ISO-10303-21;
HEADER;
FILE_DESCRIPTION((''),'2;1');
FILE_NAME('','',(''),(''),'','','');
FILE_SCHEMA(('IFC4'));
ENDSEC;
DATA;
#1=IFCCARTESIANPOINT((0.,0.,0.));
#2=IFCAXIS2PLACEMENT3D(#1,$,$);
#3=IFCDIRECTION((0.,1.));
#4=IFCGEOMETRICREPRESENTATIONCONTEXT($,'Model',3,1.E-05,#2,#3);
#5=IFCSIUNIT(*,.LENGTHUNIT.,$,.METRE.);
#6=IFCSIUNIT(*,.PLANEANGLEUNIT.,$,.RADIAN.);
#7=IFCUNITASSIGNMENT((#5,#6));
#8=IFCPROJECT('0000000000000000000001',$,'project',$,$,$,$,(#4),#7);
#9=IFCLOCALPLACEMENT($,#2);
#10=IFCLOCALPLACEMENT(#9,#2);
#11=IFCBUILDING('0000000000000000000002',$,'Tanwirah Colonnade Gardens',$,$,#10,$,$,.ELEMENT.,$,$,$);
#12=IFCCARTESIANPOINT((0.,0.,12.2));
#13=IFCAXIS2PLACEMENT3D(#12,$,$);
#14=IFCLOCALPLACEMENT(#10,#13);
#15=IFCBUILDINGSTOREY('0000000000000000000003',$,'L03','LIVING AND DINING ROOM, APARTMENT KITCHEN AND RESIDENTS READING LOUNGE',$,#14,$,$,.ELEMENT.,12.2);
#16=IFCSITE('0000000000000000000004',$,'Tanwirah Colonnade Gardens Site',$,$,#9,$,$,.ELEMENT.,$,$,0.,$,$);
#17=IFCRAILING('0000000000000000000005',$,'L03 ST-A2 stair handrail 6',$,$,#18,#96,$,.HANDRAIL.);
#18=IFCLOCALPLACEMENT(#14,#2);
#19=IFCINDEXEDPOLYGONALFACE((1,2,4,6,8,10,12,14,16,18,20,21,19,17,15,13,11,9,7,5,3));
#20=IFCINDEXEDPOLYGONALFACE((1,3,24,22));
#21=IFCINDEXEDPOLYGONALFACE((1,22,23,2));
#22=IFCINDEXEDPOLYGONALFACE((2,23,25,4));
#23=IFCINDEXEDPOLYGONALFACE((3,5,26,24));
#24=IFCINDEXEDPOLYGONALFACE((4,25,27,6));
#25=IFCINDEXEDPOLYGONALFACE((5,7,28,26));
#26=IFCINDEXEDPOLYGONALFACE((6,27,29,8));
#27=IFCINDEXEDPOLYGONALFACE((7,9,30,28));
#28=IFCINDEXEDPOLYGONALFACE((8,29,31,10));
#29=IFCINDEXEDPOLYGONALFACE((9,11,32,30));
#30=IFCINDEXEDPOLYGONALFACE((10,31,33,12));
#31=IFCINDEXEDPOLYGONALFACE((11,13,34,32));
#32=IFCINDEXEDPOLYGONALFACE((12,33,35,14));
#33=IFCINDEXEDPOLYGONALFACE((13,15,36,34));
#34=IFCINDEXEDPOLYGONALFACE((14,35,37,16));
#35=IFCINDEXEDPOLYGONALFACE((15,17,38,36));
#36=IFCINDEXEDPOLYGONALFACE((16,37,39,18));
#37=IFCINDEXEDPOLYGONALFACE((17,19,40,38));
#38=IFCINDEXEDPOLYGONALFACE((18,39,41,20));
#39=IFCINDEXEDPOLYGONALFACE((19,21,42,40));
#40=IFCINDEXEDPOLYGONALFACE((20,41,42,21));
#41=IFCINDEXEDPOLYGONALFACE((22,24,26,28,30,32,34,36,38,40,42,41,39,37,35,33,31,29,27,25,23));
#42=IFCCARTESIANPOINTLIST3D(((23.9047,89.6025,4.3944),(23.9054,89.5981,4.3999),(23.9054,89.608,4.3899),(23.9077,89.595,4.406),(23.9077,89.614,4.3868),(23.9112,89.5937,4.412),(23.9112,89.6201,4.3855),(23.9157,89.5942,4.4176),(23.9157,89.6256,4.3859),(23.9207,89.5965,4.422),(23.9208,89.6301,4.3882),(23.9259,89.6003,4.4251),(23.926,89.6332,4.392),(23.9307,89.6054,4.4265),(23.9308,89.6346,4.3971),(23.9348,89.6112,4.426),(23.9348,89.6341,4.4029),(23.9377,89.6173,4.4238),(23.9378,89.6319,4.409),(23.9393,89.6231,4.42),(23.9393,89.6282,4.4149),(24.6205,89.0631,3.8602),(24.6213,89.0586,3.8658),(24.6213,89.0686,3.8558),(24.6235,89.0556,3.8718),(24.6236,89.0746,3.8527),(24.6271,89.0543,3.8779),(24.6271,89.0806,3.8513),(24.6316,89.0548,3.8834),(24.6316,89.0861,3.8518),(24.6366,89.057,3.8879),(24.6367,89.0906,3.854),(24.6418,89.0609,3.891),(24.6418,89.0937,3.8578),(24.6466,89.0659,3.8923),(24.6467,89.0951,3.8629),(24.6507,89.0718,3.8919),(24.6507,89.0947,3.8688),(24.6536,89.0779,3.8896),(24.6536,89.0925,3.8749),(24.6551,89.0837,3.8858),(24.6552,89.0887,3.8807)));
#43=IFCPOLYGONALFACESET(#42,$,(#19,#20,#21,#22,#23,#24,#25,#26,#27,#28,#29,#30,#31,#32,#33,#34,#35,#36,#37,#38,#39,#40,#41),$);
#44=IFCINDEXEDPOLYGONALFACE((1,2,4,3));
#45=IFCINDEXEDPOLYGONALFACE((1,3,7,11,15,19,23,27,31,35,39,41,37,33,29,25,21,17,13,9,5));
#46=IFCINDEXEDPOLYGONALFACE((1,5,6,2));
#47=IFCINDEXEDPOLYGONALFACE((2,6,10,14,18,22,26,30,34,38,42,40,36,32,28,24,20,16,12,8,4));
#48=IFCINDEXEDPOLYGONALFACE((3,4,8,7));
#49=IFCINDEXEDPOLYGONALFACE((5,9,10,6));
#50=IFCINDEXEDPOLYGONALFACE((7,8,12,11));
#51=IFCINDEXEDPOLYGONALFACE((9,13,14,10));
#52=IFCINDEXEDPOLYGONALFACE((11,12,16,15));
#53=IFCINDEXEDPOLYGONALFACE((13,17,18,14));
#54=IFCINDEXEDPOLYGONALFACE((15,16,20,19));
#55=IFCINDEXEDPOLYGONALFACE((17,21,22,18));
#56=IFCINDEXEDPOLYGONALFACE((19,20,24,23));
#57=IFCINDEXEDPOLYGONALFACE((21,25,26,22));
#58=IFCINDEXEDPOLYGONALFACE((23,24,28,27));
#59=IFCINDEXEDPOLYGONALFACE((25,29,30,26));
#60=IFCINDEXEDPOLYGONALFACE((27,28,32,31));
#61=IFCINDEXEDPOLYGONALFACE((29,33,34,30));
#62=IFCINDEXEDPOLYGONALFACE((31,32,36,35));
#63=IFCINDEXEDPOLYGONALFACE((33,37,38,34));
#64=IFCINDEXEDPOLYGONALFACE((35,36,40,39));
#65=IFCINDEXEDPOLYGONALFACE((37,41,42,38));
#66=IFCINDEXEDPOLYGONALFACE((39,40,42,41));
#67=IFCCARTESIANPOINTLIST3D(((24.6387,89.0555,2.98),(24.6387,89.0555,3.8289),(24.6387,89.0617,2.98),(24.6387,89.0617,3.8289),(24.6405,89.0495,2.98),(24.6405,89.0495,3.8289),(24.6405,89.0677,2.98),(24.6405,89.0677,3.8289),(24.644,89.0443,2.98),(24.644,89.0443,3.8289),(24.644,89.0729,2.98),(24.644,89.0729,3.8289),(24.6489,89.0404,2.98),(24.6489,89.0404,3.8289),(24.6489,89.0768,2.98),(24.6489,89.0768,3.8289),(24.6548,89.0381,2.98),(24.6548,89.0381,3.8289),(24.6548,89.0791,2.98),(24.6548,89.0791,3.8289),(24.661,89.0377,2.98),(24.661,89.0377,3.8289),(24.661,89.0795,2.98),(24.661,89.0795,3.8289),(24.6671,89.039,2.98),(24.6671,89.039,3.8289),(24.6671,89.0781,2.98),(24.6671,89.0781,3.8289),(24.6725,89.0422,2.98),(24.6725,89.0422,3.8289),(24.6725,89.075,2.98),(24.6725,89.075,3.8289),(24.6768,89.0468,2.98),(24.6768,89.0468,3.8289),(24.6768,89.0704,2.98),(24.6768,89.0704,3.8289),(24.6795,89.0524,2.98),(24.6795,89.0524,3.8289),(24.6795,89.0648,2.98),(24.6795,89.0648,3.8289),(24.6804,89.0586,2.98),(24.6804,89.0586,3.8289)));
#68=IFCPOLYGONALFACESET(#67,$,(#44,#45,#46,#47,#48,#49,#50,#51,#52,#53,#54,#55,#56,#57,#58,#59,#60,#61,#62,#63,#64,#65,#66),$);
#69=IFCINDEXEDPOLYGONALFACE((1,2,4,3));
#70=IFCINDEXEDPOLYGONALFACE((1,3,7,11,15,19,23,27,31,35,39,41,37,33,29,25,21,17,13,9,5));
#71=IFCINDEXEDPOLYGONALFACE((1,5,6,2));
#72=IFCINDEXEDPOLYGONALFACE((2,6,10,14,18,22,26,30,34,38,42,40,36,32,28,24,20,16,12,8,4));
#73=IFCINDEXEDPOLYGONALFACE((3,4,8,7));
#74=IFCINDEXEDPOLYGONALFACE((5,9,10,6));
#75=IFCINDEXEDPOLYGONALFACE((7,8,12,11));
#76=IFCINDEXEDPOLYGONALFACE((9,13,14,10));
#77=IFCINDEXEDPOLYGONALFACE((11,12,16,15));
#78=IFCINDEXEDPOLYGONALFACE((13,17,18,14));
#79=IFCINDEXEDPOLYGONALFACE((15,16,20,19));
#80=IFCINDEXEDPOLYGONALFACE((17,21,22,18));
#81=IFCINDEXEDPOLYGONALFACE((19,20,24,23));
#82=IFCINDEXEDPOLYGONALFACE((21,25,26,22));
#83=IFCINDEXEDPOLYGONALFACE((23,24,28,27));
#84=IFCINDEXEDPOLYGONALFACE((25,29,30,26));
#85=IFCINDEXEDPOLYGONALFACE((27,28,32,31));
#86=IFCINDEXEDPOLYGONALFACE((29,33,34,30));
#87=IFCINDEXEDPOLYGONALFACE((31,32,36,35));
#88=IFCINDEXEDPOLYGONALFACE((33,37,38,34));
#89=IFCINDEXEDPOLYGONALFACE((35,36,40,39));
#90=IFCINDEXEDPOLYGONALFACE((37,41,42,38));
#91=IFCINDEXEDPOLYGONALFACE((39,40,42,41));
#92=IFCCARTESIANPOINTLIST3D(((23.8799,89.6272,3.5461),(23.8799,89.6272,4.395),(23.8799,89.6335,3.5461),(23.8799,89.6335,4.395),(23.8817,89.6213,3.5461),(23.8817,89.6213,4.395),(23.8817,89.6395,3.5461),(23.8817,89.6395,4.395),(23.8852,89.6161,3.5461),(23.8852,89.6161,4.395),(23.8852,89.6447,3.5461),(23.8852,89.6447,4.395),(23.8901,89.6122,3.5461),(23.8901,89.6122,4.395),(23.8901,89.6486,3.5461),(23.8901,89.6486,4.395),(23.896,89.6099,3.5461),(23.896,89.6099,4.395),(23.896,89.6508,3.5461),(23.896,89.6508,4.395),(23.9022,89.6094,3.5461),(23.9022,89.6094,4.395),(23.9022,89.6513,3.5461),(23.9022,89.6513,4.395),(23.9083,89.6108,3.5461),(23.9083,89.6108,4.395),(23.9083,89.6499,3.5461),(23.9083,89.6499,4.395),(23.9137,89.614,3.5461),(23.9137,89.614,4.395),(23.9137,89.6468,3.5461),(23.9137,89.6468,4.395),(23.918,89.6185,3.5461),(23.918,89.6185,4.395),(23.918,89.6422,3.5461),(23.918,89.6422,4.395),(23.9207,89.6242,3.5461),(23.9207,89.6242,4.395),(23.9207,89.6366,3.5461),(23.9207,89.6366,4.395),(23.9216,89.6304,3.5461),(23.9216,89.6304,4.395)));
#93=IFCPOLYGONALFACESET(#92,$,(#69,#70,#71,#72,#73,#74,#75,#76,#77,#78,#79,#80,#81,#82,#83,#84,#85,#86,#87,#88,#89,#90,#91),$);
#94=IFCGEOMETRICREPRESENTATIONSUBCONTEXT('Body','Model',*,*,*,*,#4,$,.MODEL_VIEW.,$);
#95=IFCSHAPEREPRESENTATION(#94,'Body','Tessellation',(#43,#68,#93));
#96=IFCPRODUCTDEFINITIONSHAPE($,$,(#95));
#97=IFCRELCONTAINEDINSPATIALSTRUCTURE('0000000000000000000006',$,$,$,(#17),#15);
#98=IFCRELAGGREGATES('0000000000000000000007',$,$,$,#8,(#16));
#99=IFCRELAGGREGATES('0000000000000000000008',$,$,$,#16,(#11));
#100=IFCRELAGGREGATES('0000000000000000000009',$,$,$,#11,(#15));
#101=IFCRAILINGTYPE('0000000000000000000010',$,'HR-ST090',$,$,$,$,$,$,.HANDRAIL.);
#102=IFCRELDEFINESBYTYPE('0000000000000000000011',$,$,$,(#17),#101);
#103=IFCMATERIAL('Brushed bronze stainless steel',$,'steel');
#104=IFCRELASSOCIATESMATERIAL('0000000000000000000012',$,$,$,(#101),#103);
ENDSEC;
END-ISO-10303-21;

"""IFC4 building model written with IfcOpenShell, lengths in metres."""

from ifc_helpers import new_model, si_unit, direction, frame, origin, origin_2d, place, context, subcontext, project, spatial, circle, extrude, material, type_object, element, save


model = new_model("IFC4")

# Units and contexts
model_context = context("Model", 3, precision=1e-05, world=origin(), true_north=direction((0.0, 1.0)))
body_context = subcontext(model_context, "Body", "Model", "MODEL_VIEW")
ifc_project = project(units=[si_unit("LENGTHUNIT", "METRE"), si_unit("PLANEANGLEUNIT", "RADIAN")], contexts=[model_context])

# Site, building, storey
site_placement = place(None, origin())
site = spatial("IfcSite", under=ifc_project, at=site_placement, Name="Tanwirah Colonnade Gardens Site", CompositionType="ELEMENT", RefElevation=0.0)
building_placement = place(site_placement, origin())
building = spatial("IfcBuilding", under=site, at=building_placement, Name="Tanwirah Colonnade Gardens", CompositionType="ELEMENT")
storey_placement = place(building_placement, frame((0.0, 0.0, 12.2)))
storey = spatial("IfcBuildingStorey", under=building, at=storey_placement, Name="L03", Description="LIVING AND DINING ROOM, APARTMENT KITCHEN AND RESIDENTS READING LOUNGE", CompositionType="ELEMENT", Elevation=12.2)

# Railing
ifc_material_1 = material(Name="Brushed bronze stainless steel", Category="steel")
railing_type_1 = type_object("IfcRailingType", Name="HR-ST090", PredefinedType="HANDRAIL", material=ifc_material_1)
railing_1_placement = place(storey_placement, frame((24.6594, 89.0586, 2.98)))
element("IfcRailing", 1, at=railing_1_placement, inside=storey, type_object=railing_type_1, Name="L03 ST-A2 stair handrail 6", PredefinedType="HANDRAIL", context=body_context, shape_type="SweptSolid", body=[
    extrude(circle(Radius=0.0239, at=origin_2d()), frame((-0.0215, 0.0161, 0.8918), z_axis=(-0.686068, 0.516979, 0.511902), x_axis=(-0.601807, -0.798641, 0.0)), (0.0, 0.0, 1.0), 1.0435),
    extrude(circle(Radius=0.021, at=origin_2d()), origin(), (0.0, 0.0, 1.0), 0.8489),
    extrude(circle(Radius=0.021, at=origin_2d()), frame((-0.7588, 0.5718, 0.5662)), (0.0, 0.0, 1.0), 0.8489),
])

save(model, "model.ifc")
